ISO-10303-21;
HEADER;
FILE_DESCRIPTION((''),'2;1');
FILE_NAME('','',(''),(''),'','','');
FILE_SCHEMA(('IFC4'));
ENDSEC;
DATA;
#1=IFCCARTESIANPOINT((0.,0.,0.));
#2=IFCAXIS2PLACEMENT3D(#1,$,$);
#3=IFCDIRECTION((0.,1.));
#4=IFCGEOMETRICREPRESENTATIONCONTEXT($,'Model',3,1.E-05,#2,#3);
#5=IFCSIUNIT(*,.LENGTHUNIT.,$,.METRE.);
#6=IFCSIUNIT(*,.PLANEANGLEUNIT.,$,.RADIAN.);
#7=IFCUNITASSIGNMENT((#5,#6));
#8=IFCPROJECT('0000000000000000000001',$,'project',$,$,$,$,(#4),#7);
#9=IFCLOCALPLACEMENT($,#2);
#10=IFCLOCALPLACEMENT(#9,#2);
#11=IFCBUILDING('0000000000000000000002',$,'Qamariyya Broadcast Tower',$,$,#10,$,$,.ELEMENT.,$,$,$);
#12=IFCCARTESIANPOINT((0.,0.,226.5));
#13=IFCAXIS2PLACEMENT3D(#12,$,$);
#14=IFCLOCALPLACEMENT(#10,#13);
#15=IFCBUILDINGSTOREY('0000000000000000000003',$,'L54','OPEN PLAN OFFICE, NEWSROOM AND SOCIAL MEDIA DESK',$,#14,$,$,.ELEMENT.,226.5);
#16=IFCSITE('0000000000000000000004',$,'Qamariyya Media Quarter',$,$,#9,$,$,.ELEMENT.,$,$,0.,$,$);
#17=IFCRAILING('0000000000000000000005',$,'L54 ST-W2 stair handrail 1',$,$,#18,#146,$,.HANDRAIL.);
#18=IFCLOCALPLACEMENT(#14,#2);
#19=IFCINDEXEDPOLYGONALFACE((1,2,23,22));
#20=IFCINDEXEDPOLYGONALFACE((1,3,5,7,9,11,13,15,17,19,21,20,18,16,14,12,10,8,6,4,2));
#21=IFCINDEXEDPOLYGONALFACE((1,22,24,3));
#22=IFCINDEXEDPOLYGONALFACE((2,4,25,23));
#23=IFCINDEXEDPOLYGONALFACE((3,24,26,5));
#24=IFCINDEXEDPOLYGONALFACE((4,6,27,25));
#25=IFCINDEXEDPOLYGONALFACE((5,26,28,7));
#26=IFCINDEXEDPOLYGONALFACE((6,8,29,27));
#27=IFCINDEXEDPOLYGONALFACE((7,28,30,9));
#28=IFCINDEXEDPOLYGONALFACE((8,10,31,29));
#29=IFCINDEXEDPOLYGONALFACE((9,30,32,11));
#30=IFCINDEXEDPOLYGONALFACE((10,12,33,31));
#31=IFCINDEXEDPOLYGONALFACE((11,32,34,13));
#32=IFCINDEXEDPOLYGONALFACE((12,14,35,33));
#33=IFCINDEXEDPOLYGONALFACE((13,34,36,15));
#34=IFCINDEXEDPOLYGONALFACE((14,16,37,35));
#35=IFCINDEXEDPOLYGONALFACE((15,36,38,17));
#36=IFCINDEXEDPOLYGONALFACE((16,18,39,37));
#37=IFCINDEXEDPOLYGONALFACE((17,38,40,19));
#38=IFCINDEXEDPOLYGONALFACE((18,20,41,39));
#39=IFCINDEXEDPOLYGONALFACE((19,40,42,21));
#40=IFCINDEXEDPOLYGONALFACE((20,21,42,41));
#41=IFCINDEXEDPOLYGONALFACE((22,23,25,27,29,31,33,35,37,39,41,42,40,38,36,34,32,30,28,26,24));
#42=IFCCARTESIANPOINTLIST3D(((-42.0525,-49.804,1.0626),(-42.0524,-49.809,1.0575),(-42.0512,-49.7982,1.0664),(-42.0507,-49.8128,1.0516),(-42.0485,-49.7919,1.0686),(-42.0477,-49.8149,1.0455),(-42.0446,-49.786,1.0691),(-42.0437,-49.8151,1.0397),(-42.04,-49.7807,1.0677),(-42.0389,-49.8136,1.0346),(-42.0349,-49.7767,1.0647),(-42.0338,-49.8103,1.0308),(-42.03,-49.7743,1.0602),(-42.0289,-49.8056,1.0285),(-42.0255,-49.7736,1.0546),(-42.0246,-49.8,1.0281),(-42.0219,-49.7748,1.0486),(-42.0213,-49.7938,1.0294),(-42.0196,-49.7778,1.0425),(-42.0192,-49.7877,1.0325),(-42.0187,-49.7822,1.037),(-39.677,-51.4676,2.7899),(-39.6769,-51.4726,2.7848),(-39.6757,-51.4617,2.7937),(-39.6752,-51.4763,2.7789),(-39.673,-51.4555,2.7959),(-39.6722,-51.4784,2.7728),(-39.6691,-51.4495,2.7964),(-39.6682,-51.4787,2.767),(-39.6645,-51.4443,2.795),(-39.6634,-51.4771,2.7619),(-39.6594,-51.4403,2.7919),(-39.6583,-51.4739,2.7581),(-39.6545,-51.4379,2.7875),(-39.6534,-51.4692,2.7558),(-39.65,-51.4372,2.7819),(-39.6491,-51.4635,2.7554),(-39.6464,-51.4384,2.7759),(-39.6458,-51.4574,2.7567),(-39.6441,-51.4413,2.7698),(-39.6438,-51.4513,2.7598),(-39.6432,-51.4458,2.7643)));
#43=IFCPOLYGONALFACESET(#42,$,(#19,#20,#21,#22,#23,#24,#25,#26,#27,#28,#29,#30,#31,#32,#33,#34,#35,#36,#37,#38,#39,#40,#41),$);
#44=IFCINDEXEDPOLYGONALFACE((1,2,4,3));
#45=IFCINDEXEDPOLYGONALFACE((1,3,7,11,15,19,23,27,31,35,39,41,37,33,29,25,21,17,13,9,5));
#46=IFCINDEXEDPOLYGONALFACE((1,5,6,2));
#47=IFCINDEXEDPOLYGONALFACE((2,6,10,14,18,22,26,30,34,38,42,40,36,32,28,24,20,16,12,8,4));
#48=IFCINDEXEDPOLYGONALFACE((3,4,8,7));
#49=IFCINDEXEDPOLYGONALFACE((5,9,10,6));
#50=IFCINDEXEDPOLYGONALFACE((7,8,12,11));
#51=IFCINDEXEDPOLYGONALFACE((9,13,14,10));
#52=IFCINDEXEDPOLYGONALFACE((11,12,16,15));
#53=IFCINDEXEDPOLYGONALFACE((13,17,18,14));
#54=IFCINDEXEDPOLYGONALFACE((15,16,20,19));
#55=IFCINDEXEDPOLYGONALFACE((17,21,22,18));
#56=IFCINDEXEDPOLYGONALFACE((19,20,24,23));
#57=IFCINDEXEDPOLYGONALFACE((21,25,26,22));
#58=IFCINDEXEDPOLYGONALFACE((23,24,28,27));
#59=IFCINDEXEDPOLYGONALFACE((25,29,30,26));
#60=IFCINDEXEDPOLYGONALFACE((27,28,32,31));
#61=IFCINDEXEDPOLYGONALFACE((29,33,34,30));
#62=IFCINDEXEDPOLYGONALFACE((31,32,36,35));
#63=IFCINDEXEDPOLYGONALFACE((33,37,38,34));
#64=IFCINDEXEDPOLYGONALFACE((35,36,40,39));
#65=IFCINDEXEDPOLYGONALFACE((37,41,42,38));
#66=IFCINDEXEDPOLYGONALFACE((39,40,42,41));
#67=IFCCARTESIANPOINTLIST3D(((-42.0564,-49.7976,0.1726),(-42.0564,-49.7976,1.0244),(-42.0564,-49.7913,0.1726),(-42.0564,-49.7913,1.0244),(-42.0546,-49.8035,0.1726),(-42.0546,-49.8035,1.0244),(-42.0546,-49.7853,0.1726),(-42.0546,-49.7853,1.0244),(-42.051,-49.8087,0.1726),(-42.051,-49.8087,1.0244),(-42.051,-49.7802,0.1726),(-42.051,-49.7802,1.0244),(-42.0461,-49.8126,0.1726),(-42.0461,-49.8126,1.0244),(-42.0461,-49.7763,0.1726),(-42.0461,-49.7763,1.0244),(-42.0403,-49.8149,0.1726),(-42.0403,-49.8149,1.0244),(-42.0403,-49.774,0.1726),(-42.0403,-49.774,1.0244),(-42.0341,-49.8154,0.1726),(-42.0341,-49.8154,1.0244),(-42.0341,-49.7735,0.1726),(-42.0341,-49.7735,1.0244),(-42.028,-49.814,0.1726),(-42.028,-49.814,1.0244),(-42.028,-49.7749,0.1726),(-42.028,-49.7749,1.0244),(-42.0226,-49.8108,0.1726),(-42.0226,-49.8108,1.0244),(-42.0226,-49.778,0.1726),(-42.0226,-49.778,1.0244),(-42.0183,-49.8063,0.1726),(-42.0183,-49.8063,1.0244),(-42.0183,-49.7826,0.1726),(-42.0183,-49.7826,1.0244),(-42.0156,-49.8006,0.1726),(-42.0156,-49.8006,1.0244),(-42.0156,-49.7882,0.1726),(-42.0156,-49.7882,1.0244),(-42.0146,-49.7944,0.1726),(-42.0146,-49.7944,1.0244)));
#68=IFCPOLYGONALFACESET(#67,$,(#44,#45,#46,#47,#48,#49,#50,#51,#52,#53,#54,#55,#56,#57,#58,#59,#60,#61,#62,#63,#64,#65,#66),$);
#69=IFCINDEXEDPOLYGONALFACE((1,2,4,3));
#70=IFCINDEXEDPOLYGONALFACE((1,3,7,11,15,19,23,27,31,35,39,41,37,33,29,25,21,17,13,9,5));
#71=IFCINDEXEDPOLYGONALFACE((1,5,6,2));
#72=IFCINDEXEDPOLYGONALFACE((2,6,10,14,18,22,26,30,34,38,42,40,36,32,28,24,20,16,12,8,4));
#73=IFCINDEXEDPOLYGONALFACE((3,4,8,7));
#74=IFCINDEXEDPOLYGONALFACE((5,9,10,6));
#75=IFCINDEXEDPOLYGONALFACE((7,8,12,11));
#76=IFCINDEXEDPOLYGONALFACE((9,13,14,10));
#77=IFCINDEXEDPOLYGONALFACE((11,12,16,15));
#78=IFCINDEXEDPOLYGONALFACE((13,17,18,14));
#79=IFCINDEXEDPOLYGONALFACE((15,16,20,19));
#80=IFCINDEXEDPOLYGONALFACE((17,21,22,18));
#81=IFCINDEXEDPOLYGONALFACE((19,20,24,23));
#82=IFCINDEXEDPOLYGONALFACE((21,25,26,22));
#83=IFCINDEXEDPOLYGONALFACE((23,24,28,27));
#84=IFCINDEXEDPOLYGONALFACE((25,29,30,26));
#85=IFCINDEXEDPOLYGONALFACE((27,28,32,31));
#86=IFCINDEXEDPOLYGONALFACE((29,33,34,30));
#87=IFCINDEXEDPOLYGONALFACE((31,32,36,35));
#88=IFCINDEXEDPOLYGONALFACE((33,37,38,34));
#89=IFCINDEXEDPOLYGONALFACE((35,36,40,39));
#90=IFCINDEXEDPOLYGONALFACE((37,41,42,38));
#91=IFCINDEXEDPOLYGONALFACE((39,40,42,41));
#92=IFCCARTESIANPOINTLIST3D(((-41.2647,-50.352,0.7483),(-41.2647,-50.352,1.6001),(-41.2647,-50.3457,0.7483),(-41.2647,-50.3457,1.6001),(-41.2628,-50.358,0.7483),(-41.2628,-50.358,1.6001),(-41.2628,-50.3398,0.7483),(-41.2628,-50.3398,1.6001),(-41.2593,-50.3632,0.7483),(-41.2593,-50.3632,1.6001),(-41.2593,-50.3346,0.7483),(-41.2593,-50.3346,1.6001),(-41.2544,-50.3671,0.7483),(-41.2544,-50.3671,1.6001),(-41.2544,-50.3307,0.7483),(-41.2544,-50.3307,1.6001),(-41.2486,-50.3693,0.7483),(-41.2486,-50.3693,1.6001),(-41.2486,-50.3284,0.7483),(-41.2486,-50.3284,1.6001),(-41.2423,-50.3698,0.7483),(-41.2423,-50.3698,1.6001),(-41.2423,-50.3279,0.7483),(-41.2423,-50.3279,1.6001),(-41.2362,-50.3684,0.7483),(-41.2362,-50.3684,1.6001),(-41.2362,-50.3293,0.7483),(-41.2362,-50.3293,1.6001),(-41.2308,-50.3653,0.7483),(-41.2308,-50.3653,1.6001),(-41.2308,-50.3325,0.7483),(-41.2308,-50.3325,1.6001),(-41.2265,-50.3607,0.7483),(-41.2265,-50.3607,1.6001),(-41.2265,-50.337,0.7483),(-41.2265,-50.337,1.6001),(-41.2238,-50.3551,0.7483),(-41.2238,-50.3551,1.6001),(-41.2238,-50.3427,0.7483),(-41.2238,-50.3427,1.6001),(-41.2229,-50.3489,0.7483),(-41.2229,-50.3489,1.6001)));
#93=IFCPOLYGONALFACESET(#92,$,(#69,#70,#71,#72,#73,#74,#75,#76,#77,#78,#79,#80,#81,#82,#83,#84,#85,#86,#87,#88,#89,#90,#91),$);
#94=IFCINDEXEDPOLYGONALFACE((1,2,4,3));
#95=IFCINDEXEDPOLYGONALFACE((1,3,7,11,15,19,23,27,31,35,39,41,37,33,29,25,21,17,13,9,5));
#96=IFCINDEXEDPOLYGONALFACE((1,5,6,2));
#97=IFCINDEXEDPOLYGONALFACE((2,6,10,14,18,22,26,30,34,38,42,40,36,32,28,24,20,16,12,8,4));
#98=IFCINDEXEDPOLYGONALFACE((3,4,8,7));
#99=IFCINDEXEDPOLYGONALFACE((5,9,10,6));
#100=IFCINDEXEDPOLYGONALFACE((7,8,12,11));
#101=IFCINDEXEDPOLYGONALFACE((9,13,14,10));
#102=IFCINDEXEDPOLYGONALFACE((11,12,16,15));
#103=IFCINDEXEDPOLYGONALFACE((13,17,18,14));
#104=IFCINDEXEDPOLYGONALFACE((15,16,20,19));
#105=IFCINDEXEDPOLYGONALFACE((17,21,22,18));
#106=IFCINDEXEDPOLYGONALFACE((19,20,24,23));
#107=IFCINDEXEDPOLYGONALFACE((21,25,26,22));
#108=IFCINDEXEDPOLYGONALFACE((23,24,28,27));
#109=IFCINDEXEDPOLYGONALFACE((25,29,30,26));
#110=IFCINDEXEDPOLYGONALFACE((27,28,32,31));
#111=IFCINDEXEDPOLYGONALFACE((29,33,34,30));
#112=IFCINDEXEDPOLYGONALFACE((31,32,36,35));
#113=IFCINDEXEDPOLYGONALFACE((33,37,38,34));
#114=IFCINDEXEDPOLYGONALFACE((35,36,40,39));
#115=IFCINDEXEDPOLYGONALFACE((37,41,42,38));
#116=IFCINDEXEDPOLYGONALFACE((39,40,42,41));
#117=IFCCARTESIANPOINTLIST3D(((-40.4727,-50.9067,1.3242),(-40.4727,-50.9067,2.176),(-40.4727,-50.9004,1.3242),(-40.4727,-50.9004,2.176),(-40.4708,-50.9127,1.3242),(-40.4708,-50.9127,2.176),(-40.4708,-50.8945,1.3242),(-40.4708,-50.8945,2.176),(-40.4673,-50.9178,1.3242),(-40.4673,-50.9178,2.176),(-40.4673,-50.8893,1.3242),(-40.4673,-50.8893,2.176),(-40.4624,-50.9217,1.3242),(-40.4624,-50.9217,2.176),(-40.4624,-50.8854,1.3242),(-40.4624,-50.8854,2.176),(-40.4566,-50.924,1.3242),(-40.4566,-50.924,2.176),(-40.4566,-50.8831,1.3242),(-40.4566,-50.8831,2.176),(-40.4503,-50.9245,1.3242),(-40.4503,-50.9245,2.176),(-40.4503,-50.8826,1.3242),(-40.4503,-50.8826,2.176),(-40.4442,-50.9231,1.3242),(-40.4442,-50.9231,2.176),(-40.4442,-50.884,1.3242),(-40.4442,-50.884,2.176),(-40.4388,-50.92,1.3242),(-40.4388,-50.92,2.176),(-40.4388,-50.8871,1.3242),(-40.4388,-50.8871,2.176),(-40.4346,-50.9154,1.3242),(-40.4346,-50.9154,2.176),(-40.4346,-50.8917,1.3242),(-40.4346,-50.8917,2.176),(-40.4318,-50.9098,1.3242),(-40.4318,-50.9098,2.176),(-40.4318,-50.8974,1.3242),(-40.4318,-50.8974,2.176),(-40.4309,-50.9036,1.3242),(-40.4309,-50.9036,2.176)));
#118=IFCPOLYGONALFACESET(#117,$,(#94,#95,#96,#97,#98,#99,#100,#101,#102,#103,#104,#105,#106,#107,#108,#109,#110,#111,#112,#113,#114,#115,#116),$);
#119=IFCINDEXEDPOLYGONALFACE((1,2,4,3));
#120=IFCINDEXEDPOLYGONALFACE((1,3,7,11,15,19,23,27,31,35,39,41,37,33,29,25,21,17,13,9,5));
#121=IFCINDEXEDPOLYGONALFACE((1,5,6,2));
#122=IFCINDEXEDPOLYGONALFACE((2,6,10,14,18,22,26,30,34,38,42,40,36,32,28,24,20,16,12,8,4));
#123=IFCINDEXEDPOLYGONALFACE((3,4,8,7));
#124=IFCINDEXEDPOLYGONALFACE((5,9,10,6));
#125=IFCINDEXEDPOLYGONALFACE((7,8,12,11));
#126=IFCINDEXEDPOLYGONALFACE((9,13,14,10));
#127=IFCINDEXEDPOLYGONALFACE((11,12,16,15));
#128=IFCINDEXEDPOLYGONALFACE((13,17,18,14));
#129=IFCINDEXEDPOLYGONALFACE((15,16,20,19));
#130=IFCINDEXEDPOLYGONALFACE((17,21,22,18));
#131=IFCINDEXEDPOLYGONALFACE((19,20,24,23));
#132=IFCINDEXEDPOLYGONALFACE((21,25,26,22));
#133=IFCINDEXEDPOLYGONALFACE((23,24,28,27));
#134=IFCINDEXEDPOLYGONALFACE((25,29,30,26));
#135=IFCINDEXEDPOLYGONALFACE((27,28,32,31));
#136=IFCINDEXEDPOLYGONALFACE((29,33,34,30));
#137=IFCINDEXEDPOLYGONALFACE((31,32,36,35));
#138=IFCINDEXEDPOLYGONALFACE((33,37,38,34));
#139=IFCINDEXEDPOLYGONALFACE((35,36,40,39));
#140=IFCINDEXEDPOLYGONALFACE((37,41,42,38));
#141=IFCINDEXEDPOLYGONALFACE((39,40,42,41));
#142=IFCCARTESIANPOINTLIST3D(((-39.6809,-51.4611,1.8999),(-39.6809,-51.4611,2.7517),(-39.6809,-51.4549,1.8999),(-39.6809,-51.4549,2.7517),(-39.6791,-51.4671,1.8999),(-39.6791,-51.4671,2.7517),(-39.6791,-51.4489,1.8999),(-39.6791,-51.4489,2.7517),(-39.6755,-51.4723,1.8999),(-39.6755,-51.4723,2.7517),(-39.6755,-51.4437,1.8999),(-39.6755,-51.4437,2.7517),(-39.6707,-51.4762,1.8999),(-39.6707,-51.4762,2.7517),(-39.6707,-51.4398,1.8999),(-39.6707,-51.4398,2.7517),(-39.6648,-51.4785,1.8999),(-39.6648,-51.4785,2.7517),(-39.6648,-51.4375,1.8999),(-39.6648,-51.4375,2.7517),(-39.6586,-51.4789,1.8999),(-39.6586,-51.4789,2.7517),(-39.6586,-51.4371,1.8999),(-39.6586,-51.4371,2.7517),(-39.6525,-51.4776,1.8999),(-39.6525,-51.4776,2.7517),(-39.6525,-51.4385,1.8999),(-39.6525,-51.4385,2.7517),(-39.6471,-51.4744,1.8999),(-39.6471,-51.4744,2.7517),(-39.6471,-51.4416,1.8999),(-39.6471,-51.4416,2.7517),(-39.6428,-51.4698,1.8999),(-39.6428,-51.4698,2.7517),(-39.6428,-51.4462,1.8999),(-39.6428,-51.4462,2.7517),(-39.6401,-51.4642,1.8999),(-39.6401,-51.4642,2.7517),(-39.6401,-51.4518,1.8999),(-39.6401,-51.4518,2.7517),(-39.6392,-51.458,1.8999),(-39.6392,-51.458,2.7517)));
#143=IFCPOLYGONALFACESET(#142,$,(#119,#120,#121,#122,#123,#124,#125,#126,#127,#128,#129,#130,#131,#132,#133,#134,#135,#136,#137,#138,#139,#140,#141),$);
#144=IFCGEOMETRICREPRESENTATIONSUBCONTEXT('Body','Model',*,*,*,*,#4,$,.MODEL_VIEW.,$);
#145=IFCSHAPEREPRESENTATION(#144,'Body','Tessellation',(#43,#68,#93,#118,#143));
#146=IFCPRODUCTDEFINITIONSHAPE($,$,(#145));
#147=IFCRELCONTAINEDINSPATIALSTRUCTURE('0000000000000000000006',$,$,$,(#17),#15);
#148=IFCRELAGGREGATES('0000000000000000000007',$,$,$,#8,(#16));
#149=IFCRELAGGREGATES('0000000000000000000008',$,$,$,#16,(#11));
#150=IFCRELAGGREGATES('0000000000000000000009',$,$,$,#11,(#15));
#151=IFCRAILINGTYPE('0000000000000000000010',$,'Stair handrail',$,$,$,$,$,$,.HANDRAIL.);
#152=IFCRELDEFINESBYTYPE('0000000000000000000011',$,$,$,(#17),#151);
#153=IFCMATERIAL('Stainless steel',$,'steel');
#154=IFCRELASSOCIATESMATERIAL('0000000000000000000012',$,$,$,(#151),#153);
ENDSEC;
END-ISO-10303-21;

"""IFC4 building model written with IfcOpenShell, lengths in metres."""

from ifc_helpers import new_model, si_unit, direction, frame, origin, origin_2d, place, context, subcontext, project, spatial, circle, extrude, material, type_object, element, save


model = new_model("IFC4")

# Units and contexts
model_context = context("Model", 3, precision=1e-05, world=origin(), true_north=direction((0.0, 1.0)))
body_context = subcontext(model_context, "Body", "Model", "MODEL_VIEW")
ifc_project = project(units=[si_unit("LENGTHUNIT", "METRE"), si_unit("PLANEANGLEUNIT", "RADIAN")], contexts=[model_context])

# Site, building, storey
site_placement = place(None, origin())
site = spatial("IfcSite", under=ifc_project, at=site_placement, Name="Qamariyya Media Quarter", CompositionType="ELEMENT", RefElevation=0.0)
building_placement = place(site_placement, origin())
building = spatial("IfcBuilding", under=site, at=building_placement, Name="Qamariyya Broadcast Tower", CompositionType="ELEMENT")
storey_placement = place(building_placement, frame((0.0, 0.0, 226.5)))
storey = spatial("IfcBuildingStorey", under=building, at=storey_placement, Name="L54", Description="OPEN PLAN OFFICE, NEWSROOM AND SOCIAL MEDIA DESK", CompositionType="ELEMENT", Elevation=226.5)

# Railing
ifc_material_1 = material(Name="Stainless steel", Category="steel")
railing_type_1 = type_object("IfcRailingType", Name="Stair handrail", PredefinedType="HANDRAIL", material=ifc_material_1)
railing_1_placement = place(storey_placement, frame((-42.0356, -49.7944, 0.1726)))
element("IfcRailing", 1, at=railing_1_placement, inside=storey, type_object=railing_type_1, Name="L54 ST-W2 stair handrail 1", PredefinedType="HANDRAIL", context=body_context, shape_type="SweptSolid", body=[
    extrude(circle(Radius=0.0239, at=origin_2d()), frame((0.0, 0.0, 0.876), z_axis=(0.703745, -0.492838, 0.511716), x_axis=(0.573632, 0.819113, 0.0)), (0.0, 0.0, 1.0), 3.3755),
    extrude(circle(Radius=0.021, at=origin_2d()), origin(), (0.0, 0.0, 1.0), 0.8518),
    extrude(circle(Radius=0.021, at=origin_2d()), frame((0.7917, -0.5544, 0.5757)), (0.0, 0.0, 1.0), 0.8518),
    extrude(circle(Radius=0.021, at=origin_2d()), frame((1.5837, -1.1091, 1.1516)), (0.0, 0.0, 1.0), 0.8518),
    extrude(circle(Radius=0.021, at=origin_2d()), frame((2.3755, -1.6636, 1.7273)), (0.0, 0.0, 1.0), 0.8518),
])

save(model, "model.ifc")
